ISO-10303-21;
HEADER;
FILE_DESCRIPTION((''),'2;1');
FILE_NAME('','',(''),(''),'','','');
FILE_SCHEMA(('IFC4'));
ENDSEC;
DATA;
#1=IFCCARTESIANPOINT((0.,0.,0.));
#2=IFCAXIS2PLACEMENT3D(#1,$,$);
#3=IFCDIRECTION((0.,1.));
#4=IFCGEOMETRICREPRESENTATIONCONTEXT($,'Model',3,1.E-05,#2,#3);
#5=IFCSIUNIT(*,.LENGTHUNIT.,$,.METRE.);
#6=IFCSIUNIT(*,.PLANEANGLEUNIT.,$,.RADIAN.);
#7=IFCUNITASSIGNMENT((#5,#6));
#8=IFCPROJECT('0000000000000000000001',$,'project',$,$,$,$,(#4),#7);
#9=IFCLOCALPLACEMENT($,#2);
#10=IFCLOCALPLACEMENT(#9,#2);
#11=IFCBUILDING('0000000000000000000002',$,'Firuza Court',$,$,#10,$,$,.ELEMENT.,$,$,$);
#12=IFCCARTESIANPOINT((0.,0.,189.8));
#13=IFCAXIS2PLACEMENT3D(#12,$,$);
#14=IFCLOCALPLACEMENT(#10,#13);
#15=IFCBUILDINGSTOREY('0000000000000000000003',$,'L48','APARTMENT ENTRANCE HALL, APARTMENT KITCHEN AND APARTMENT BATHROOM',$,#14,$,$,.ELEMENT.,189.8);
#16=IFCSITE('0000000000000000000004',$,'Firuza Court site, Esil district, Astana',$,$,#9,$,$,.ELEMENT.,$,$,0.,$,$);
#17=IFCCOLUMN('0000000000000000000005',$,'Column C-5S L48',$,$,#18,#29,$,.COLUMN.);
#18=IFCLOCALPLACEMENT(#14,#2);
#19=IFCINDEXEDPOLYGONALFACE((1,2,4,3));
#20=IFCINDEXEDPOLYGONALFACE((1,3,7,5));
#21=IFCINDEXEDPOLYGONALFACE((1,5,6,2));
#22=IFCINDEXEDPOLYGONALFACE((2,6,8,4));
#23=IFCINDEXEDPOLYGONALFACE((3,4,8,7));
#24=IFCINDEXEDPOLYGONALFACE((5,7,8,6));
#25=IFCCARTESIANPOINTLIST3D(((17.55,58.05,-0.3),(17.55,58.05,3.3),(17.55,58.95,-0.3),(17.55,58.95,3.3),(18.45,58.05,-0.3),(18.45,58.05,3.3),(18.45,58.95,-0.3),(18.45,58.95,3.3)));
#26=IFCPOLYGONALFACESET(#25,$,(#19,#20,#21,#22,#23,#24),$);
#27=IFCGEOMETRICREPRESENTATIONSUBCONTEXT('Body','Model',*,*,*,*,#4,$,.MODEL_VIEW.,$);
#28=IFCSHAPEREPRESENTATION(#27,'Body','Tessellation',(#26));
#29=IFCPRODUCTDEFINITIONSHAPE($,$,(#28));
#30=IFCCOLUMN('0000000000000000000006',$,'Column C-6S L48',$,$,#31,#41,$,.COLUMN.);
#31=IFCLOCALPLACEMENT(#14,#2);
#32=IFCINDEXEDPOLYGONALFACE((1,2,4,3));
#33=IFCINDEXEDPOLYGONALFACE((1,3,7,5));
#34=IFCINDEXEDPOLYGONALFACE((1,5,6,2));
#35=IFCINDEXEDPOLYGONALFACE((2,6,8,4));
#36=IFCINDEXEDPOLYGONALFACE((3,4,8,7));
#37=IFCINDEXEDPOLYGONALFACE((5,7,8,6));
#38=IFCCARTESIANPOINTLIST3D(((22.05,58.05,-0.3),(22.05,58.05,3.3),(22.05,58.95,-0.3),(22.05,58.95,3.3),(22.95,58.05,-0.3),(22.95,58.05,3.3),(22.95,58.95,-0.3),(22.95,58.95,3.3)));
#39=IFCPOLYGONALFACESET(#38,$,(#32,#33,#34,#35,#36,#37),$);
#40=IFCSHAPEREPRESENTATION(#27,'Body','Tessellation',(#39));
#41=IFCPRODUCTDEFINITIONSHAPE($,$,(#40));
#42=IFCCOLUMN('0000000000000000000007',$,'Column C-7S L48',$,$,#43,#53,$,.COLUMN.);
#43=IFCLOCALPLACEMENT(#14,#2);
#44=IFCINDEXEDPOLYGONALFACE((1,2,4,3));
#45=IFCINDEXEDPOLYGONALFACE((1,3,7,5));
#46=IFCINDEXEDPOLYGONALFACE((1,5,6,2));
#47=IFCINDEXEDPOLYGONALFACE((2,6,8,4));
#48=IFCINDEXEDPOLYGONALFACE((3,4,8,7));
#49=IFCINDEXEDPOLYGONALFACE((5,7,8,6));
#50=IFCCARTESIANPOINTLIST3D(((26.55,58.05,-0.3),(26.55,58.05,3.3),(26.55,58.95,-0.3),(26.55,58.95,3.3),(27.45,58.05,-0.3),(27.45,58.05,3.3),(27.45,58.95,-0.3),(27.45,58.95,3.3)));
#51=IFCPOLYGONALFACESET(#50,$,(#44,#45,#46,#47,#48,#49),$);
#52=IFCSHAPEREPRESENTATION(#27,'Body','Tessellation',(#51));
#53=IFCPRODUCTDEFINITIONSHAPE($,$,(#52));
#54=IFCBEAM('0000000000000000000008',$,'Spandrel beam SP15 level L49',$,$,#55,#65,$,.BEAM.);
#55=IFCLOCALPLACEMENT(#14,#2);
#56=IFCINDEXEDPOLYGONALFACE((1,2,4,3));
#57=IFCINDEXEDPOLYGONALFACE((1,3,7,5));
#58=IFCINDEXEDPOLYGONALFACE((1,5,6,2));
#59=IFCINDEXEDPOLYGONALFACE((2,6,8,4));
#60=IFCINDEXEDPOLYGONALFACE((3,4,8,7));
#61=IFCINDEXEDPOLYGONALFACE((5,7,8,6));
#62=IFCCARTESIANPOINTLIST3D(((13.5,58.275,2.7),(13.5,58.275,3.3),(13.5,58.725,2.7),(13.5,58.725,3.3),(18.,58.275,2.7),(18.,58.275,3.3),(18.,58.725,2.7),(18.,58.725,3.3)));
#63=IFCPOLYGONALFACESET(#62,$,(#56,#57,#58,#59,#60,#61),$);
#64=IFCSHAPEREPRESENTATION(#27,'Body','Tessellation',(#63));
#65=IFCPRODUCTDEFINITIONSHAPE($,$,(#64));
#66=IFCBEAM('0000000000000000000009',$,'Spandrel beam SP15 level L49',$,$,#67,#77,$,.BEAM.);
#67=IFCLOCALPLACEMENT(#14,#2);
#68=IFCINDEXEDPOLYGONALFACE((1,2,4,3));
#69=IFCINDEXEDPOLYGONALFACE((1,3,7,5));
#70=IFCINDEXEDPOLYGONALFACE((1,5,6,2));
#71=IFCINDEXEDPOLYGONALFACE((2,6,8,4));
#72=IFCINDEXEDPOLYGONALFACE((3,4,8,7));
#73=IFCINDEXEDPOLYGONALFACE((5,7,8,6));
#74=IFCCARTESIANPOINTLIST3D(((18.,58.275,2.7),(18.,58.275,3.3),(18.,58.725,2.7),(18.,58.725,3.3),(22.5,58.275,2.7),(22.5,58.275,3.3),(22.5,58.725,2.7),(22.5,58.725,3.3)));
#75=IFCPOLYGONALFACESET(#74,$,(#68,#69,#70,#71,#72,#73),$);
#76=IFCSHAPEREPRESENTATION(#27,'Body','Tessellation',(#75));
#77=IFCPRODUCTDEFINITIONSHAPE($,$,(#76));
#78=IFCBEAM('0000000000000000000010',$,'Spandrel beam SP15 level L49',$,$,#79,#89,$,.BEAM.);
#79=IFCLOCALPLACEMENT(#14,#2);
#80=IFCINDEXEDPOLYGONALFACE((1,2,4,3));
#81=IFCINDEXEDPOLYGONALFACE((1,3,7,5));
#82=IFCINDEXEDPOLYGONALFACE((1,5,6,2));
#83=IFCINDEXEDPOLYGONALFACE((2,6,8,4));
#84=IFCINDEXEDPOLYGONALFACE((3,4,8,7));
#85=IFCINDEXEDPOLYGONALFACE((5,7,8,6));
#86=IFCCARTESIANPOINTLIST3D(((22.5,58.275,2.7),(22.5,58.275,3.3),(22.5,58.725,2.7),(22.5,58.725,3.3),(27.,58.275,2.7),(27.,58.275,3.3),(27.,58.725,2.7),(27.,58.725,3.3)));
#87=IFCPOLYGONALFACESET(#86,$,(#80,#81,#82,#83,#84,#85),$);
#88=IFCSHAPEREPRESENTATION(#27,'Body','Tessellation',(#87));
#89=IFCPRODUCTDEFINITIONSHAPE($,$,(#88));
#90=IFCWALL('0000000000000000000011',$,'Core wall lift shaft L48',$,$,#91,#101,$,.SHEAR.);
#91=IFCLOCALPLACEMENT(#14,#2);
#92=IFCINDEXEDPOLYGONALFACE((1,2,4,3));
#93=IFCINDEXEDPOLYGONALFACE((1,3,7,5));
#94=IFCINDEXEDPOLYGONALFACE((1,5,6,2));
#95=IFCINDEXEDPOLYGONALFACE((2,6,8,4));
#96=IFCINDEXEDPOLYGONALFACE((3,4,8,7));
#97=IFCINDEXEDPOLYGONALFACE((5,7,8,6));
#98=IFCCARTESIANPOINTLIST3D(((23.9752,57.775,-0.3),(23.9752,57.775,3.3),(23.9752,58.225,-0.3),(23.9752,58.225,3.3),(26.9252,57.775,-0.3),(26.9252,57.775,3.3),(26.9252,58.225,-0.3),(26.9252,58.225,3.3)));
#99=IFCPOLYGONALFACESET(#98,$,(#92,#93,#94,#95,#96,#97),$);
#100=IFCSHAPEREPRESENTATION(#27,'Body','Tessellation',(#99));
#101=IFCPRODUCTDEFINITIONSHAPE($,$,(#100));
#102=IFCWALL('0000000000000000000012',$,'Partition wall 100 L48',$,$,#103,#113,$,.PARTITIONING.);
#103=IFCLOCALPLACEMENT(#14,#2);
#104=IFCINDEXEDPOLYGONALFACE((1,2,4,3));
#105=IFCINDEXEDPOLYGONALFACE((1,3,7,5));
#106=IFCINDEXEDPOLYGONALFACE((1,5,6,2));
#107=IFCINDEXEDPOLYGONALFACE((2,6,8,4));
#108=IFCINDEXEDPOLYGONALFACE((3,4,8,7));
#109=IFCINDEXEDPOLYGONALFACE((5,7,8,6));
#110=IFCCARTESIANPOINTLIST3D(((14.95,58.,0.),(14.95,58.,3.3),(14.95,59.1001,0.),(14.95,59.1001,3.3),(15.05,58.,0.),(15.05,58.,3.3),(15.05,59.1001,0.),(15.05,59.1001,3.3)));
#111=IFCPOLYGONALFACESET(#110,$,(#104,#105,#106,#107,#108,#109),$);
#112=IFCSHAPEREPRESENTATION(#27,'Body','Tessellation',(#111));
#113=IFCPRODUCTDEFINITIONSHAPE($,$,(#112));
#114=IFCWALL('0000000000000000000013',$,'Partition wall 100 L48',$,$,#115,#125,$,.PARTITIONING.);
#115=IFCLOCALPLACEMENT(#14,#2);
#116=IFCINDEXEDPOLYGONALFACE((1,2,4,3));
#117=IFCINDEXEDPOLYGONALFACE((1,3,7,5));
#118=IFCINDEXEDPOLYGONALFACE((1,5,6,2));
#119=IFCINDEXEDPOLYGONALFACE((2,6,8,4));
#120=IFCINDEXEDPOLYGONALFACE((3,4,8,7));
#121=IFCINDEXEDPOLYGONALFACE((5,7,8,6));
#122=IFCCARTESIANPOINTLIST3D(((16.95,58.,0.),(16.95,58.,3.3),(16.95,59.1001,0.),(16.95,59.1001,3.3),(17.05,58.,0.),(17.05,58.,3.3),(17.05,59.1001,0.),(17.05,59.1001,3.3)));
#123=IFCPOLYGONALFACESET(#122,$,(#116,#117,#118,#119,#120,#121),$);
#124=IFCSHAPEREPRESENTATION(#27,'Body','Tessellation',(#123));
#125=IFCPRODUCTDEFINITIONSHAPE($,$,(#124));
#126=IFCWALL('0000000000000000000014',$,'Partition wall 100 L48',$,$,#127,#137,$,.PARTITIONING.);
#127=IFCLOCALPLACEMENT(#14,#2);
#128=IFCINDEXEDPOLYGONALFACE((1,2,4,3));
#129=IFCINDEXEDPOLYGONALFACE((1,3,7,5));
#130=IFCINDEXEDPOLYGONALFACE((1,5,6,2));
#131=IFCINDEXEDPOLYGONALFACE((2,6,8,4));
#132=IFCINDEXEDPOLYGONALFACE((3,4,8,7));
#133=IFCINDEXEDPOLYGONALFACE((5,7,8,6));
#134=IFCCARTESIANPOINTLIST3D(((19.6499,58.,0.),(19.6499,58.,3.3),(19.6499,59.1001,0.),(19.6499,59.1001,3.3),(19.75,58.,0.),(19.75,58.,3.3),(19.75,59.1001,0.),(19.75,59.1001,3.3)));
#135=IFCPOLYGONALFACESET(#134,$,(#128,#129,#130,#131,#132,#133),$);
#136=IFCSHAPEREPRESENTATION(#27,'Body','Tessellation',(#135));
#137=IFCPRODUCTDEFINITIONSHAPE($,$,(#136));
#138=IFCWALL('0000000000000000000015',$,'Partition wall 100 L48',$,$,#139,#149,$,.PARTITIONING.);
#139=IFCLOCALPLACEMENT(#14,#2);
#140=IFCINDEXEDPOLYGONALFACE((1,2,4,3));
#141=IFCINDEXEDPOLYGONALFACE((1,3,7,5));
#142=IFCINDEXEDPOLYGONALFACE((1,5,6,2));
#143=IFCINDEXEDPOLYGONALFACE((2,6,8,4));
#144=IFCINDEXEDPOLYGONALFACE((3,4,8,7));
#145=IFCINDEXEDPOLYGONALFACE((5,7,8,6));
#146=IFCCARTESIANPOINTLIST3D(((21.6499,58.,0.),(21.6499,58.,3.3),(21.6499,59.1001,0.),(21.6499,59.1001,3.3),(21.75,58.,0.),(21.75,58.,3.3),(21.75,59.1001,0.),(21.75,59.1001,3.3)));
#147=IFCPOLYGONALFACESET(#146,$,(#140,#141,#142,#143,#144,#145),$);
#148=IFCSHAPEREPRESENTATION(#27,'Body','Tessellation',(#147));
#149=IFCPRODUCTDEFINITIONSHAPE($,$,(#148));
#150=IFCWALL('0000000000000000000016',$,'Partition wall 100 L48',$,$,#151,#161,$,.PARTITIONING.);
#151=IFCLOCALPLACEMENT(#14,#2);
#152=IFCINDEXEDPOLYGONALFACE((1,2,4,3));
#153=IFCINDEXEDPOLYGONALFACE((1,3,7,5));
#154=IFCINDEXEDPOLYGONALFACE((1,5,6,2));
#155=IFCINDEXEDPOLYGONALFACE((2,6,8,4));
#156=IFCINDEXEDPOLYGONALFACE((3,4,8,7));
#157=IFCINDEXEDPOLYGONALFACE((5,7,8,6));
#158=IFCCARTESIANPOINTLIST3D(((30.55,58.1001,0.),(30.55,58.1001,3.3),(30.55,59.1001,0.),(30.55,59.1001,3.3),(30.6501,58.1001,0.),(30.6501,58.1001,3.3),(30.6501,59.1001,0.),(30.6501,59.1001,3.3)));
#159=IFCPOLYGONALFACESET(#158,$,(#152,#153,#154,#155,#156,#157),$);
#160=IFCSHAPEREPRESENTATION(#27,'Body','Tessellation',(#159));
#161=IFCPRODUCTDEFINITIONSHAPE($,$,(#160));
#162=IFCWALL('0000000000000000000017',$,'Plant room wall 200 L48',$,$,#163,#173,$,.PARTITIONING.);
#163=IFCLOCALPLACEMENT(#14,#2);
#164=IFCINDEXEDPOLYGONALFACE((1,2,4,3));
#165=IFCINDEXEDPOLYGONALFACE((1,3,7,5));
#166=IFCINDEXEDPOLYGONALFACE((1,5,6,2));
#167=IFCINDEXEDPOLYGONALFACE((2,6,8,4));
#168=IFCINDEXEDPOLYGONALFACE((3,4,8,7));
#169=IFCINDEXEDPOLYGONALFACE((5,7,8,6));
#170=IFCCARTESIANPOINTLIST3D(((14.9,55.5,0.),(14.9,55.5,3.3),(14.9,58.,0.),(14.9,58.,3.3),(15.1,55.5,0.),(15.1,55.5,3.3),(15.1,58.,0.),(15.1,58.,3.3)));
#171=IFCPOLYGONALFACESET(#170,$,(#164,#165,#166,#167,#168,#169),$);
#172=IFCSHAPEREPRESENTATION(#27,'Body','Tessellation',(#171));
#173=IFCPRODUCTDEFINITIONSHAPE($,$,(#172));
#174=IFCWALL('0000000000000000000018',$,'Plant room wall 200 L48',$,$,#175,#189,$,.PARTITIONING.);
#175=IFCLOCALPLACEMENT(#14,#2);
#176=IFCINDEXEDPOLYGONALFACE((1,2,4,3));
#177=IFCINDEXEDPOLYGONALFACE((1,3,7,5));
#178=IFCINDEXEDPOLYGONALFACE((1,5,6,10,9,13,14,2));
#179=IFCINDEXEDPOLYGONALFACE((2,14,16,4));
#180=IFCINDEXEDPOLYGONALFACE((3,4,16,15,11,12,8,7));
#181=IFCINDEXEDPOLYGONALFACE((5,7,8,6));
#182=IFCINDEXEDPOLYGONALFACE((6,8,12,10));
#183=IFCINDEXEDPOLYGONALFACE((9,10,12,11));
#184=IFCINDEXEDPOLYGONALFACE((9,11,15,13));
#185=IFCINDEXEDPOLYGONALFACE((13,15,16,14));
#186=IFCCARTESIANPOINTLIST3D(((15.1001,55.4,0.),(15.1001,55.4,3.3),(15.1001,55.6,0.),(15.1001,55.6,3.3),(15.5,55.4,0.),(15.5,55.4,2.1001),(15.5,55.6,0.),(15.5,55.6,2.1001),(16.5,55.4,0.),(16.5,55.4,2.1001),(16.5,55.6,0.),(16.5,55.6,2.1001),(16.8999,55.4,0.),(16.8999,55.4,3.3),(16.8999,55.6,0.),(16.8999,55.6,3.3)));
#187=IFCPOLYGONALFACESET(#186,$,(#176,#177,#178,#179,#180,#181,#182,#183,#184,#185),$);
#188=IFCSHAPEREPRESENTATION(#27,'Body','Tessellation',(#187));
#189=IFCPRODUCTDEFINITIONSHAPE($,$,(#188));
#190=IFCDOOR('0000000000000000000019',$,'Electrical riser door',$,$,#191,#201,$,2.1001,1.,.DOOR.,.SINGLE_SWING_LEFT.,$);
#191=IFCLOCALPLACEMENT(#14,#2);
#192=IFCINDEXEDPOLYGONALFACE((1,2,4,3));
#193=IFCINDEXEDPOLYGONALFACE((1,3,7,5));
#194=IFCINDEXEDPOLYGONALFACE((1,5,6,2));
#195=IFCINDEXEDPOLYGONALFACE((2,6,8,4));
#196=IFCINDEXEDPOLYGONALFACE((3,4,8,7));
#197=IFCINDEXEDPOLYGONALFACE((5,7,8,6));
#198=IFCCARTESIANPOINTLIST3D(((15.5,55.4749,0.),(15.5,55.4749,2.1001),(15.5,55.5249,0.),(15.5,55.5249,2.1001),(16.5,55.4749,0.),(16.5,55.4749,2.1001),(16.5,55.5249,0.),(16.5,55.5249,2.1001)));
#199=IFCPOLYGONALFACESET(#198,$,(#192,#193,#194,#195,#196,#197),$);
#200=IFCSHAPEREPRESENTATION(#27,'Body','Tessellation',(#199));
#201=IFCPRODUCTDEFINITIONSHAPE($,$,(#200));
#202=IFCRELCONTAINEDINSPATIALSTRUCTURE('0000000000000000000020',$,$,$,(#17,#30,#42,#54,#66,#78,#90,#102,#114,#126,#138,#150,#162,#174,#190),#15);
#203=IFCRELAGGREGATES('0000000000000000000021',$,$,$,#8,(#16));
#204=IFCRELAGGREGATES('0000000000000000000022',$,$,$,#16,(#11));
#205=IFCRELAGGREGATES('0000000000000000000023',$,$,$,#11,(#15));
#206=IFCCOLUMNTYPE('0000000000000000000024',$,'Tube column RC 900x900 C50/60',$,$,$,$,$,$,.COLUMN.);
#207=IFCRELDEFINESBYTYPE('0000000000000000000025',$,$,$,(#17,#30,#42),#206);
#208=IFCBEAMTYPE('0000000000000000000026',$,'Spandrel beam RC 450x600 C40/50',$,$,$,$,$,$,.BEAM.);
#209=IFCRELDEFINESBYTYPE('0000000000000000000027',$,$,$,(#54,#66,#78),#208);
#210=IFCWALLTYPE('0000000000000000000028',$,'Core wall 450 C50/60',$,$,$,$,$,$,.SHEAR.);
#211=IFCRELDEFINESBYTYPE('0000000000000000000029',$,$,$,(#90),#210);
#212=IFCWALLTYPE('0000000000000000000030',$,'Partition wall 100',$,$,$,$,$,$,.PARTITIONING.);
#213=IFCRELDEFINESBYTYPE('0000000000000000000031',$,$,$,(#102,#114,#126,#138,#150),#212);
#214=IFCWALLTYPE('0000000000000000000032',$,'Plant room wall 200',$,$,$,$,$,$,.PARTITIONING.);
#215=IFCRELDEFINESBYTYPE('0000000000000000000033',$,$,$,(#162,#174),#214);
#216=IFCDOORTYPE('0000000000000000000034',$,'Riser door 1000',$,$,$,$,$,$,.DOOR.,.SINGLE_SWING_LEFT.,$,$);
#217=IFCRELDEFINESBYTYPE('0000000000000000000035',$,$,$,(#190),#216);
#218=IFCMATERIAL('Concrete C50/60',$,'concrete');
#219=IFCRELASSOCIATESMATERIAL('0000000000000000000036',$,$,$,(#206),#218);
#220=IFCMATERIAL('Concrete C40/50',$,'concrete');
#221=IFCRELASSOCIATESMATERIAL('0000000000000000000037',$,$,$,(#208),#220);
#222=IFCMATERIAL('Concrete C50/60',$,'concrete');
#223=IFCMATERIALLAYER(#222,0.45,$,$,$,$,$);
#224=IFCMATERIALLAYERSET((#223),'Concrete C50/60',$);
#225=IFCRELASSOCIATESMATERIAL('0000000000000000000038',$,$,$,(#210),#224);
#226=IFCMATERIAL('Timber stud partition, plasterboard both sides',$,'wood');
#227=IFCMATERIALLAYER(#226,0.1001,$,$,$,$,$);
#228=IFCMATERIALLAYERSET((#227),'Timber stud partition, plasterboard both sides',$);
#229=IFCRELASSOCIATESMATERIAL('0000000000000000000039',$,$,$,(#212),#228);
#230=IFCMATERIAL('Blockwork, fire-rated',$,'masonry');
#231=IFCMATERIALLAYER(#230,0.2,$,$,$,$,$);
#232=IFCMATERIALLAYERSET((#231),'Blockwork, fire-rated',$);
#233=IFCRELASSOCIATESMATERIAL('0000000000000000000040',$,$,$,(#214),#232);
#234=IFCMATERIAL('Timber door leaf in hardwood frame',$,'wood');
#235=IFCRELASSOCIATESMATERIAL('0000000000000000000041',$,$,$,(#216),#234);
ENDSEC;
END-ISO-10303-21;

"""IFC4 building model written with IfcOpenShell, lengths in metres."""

from ifc_helpers import new_model, si_unit, direction, frame, frame_2d, origin, origin_2d, place, context, subcontext, project, spatial, rectangle, extrude, material, layer, layer_set, material_profile, profile_set, type_object, element, fill, save


model = new_model("IFC4")

# Units and contexts
model_context = context("Model", 3, precision=1e-05, world=origin(), true_north=direction((0.0, 1.0)))
body_context = subcontext(model_context, "Body", "Model", "MODEL_VIEW")
ifc_project = project(units=[si_unit("LENGTHUNIT", "METRE"), si_unit("PLANEANGLEUNIT", "RADIAN")], contexts=[model_context])

# Site, building, storey
site_placement = place(None, origin())
site = spatial("IfcSite", under=ifc_project, at=site_placement, Name="Firuza Court site, Esil district, Astana", CompositionType="ELEMENT", RefElevation=0.0)
building_placement = place(site_placement, origin())
building = spatial("IfcBuilding", under=site, at=building_placement, Name="Firuza Court", CompositionType="ELEMENT")
storey_placement = place(building_placement, frame((0.0, 0.0, 189.8)))
storey = spatial("IfcBuildingStorey", under=building, at=storey_placement, Name="L48", Description="APARTMENT ENTRANCE HALL, APARTMENT KITCHEN AND APARTMENT BATHROOM", CompositionType="ELEMENT", Elevation=189.8)

# Columns
ifc_material_1 = material(Name="Concrete C50/60", Category="concrete")
ifc_material_profile_1 = material_profile(ifc_material_1, rectangle(XDim=0.8999, YDim=0.8999, at=origin_2d()), Name="RC 900x900")
ifc_profile_set_1 = profile_set([ifc_material_profile_1], Name="Concrete C50/60")
column_type = type_object("IfcColumnType", Name="Tube column RC 900x900 C50/60", PredefinedType="COLUMN", material=ifc_profile_set_1)
for number, where, z_axis, x_axis, name in (
    (1, (18.0, 58.5, -0.3), (0.0, 0.0, 1.0), (1.0, 0.0, 0.0), "Column C-5S L48"),
    (2, (22.5, 58.5, -0.3), (0.0, 0.0, 1.0), (1.0, 0.0, 0.0), "Column C-6S L48"),
    (3, (27.0, 58.5, -0.3), (0.0, 0.0, 1.0), (1.0, 0.0, 0.0), "Column C-7S L48"),
):
    element("IfcColumn", number, at=place(storey_placement, frame(where, z_axis=z_axis, x_axis=x_axis)), inside=storey, type_object=column_type, Name=name, PredefinedType="COLUMN", context=body_context, shape_type="SweptSolid", body=[
        extrude(rectangle(XDim=0.8999, YDim=0.8999, at=origin_2d()), origin(), (0.0, 0.0, 1.0), 3.6001),
    ])

# Beams
ifc_material_2 = material(Name="Concrete C40/50", Category="concrete")
ifc_material_profile_2 = material_profile(ifc_material_2, rectangle(XDim=0.45, YDim=0.6001, at=origin_2d()), Name="RC 450x600")
ifc_profile_set_2 = profile_set([ifc_material_profile_2], Name="Concrete C40/50")
beam_type = type_object("IfcBeamType", Name="Spandrel beam RC 450x600 C40/50", PredefinedType="BEAM", material=ifc_profile_set_2)
for number, where, z_axis, x_axis, name in (
    (4, (18.0, 58.5, 3.0), (-1.0, 0.0, 0.0), (0.0, -1.0, 0.0), "Spandrel beam SP15 level L49"),
    (5, (22.5, 58.5, 3.0), (-1.0, 0.0, 0.0), (0.0, -1.0, 0.0), "Spandrel beam SP15 level L49"),
    (6, (27.0, 58.5, 3.0), (-1.0, 0.0, 0.0), (0.0, -1.0, 0.0), "Spandrel beam SP15 level L49"),
):
    element("IfcBeam", number, at=place(storey_placement, frame(where, z_axis=z_axis, x_axis=x_axis)), inside=storey, type_object=beam_type, Name=name, PredefinedType="BEAM", context=body_context, shape_type="SweptSolid", body=[
        extrude(rectangle(XDim=0.45, YDim=0.6001, at=origin_2d()), origin(), (0.0, 0.0, 1.0), 4.5),
    ])

# Walls
ifc_material_3 = material(Name="Concrete C50/60", Category="concrete")
ifc_layer_1 = layer(ifc_material_3, 0.45)
ifc_layer_set_1 = layer_set([ifc_layer_1], Name="Concrete C50/60")
wall_type_1 = type_object("IfcWallType", Name="Core wall 450 C50/60", PredefinedType="SHEAR", material=ifc_layer_set_1)
wall_1_placement = place(storey_placement, frame((23.9751, 58.0, -0.3), z_axis=(0.0, 0.0, 1.0), x_axis=(1.0, 0.0, 0.0)))
element("IfcWall", 7, at=wall_1_placement, inside=storey, type_object=wall_type_1, Name="Core wall lift shaft L48", PredefinedType="SHEAR", context=body_context, shape_type="SweptSolid", body=[
    extrude(rectangle(XDim=2.95, YDim=0.45, at=frame_2d((1.4751, 0.0))), origin(), (0.0, 0.0, 1.0), 3.6001),
])
ifc_material_4 = material(Name="Timber stud partition, plasterboard both sides", Category="wood")
ifc_layer_2 = layer(ifc_material_4, 0.1001)
ifc_layer_set_2 = layer_set([ifc_layer_2], Name="Timber stud partition, plasterboard both sides")
wall_type_2 = type_object("IfcWallType", Name="Partition wall 100", PredefinedType="PARTITIONING", material=ifc_layer_set_2)
for number, where, z_axis, x_axis, name in (
    (8, (15.0, 58.0, 0.0), (0.0, 0.0, 1.0), (0.0, 1.0, 0.0), "Partition wall 100 L48"),
    (9, (17.0, 58.0, 0.0), (0.0, 0.0, 1.0), (0.0, 1.0, 0.0), "Partition wall 100 L48"),
    (10, (19.7, 58.0, 0.0), (0.0, 0.0, 1.0), (0.0, 1.0, 0.0), "Partition wall 100 L48"),
    (11, (21.7, 58.0, 0.0), (0.0, 0.0, 1.0), (0.0, 1.0, 0.0), "Partition wall 100 L48"),
):
    element("IfcWall", number, at=place(storey_placement, frame(where, z_axis=z_axis, x_axis=x_axis)), inside=storey, type_object=wall_type_2, Name=name, PredefinedType="PARTITIONING", context=body_context, shape_type="SweptSolid", body=[
        extrude(rectangle(XDim=1.1001, YDim=0.1001, at=frame_2d((0.55, 0.0))), origin(), (0.0, 0.0, 1.0), 3.3),
    ])
wall_2_placement = place(storey_placement, frame((30.6001, 58.1001, 0.0), z_axis=(0.0, 0.0, 1.0), x_axis=(0.0, 1.0, 0.0)))
element("IfcWall", 12, at=wall_2_placement, inside=storey, type_object=wall_type_2, Name="Partition wall 100 L48", PredefinedType="PARTITIONING", context=body_context, shape_type="SweptSolid", body=[
    extrude(rectangle(XDim=1.0, YDim=0.1001, at=frame_2d((0.5, 0.0))), origin(), (0.0, 0.0, 1.0), 3.3),
])
ifc_material_5 = material(Name="Blockwork, fire-rated", Category="masonry")
ifc_layer_3 = layer(ifc_material_5, 0.2)
ifc_layer_set_3 = layer_set([ifc_layer_3], Name="Blockwork, fire-rated")
wall_type_3 = type_object("IfcWallType", Name="Plant room wall 200", PredefinedType="PARTITIONING", material=ifc_layer_set_3)
wall_3_placement = place(storey_placement, frame((15.0, 55.5, 0.0), z_axis=(0.0, 0.0, 1.0), x_axis=(0.0, 1.0, 0.0)))
element("IfcWall", 13, at=wall_3_placement, inside=storey, type_object=wall_type_3, Name="Plant room wall 200 L48", PredefinedType="PARTITIONING", context=body_context, shape_type="SweptSolid", body=[
    extrude(rectangle(XDim=2.5, YDim=0.2, at=frame_2d((1.25, 0.0))), origin(), (0.0, 0.0, 1.0), 3.3),
])

# Wall, opening, door
wall_4_placement = place(storey_placement, frame((15.1001, 55.5, 0.0), z_axis=(0.0, 0.0, 1.0), x_axis=(1.0, 0.0, 0.0)))
wall_4 = element("IfcWall", 14, at=wall_4_placement, inside=storey, type_object=wall_type_3, Name="Plant room wall 200 L48", PredefinedType="PARTITIONING", context=body_context, shape_type="SweptSolid", body=[
    extrude(rectangle(XDim=1.7998, YDim=0.2, at=frame_2d((0.8999, 0.0))), origin(), (0.0, 0.0, 1.0), 3.3),
])
opening_1_placement = place(wall_4_placement, frame((0.3999, 0.0, 0.0)))
opening_1 = element("IfcOpeningElement", 15, at=opening_1_placement, cuts=wall_4, PredefinedType="OPENING", context=body_context, shape_type="SweptSolid", body=[
    extrude(rectangle(XDim=1.0, YDim=2.1001, at=frame_2d((0.5, 1.05))), frame((0.0, 0.1118, 0.0), z_axis=(0.0, -1.0, 0.0), x_axis=(1.0, 0.0, 0.0)), (0.0, 0.0, 1.0), 0.2239),
])
ifc_material_6 = material(Name="Timber door leaf in hardwood frame", Category="wood")
door_type = type_object("IfcDoorType", Name="Riser door 1000", OperationType="SINGLE_SWING_LEFT", PredefinedType="DOOR", material=ifc_material_6)
door_1_placement = place(opening_1_placement, origin())
door_1 = element("IfcDoor", 16, at=door_1_placement, inside=storey, type_object=door_type, Name="Electrical riser door", OperationType="SINGLE_SWING_LEFT", OverallHeight=2.1001, OverallWidth=1.0, PredefinedType="DOOR", context=body_context, shape_type="SweptSolid", body=[
    extrude(rectangle(XDim=1.0, YDim=2.1001, at=frame_2d((0.5, 1.05))), frame((0.0, 0.0249, 0.0), z_axis=(0.0, -1.0, 0.0), x_axis=(1.0, 0.0, 0.0)), (0.0, 0.0, 1.0), 0.05),
])
fill(opening_1, door_1)

save(model, "model.ifc")
